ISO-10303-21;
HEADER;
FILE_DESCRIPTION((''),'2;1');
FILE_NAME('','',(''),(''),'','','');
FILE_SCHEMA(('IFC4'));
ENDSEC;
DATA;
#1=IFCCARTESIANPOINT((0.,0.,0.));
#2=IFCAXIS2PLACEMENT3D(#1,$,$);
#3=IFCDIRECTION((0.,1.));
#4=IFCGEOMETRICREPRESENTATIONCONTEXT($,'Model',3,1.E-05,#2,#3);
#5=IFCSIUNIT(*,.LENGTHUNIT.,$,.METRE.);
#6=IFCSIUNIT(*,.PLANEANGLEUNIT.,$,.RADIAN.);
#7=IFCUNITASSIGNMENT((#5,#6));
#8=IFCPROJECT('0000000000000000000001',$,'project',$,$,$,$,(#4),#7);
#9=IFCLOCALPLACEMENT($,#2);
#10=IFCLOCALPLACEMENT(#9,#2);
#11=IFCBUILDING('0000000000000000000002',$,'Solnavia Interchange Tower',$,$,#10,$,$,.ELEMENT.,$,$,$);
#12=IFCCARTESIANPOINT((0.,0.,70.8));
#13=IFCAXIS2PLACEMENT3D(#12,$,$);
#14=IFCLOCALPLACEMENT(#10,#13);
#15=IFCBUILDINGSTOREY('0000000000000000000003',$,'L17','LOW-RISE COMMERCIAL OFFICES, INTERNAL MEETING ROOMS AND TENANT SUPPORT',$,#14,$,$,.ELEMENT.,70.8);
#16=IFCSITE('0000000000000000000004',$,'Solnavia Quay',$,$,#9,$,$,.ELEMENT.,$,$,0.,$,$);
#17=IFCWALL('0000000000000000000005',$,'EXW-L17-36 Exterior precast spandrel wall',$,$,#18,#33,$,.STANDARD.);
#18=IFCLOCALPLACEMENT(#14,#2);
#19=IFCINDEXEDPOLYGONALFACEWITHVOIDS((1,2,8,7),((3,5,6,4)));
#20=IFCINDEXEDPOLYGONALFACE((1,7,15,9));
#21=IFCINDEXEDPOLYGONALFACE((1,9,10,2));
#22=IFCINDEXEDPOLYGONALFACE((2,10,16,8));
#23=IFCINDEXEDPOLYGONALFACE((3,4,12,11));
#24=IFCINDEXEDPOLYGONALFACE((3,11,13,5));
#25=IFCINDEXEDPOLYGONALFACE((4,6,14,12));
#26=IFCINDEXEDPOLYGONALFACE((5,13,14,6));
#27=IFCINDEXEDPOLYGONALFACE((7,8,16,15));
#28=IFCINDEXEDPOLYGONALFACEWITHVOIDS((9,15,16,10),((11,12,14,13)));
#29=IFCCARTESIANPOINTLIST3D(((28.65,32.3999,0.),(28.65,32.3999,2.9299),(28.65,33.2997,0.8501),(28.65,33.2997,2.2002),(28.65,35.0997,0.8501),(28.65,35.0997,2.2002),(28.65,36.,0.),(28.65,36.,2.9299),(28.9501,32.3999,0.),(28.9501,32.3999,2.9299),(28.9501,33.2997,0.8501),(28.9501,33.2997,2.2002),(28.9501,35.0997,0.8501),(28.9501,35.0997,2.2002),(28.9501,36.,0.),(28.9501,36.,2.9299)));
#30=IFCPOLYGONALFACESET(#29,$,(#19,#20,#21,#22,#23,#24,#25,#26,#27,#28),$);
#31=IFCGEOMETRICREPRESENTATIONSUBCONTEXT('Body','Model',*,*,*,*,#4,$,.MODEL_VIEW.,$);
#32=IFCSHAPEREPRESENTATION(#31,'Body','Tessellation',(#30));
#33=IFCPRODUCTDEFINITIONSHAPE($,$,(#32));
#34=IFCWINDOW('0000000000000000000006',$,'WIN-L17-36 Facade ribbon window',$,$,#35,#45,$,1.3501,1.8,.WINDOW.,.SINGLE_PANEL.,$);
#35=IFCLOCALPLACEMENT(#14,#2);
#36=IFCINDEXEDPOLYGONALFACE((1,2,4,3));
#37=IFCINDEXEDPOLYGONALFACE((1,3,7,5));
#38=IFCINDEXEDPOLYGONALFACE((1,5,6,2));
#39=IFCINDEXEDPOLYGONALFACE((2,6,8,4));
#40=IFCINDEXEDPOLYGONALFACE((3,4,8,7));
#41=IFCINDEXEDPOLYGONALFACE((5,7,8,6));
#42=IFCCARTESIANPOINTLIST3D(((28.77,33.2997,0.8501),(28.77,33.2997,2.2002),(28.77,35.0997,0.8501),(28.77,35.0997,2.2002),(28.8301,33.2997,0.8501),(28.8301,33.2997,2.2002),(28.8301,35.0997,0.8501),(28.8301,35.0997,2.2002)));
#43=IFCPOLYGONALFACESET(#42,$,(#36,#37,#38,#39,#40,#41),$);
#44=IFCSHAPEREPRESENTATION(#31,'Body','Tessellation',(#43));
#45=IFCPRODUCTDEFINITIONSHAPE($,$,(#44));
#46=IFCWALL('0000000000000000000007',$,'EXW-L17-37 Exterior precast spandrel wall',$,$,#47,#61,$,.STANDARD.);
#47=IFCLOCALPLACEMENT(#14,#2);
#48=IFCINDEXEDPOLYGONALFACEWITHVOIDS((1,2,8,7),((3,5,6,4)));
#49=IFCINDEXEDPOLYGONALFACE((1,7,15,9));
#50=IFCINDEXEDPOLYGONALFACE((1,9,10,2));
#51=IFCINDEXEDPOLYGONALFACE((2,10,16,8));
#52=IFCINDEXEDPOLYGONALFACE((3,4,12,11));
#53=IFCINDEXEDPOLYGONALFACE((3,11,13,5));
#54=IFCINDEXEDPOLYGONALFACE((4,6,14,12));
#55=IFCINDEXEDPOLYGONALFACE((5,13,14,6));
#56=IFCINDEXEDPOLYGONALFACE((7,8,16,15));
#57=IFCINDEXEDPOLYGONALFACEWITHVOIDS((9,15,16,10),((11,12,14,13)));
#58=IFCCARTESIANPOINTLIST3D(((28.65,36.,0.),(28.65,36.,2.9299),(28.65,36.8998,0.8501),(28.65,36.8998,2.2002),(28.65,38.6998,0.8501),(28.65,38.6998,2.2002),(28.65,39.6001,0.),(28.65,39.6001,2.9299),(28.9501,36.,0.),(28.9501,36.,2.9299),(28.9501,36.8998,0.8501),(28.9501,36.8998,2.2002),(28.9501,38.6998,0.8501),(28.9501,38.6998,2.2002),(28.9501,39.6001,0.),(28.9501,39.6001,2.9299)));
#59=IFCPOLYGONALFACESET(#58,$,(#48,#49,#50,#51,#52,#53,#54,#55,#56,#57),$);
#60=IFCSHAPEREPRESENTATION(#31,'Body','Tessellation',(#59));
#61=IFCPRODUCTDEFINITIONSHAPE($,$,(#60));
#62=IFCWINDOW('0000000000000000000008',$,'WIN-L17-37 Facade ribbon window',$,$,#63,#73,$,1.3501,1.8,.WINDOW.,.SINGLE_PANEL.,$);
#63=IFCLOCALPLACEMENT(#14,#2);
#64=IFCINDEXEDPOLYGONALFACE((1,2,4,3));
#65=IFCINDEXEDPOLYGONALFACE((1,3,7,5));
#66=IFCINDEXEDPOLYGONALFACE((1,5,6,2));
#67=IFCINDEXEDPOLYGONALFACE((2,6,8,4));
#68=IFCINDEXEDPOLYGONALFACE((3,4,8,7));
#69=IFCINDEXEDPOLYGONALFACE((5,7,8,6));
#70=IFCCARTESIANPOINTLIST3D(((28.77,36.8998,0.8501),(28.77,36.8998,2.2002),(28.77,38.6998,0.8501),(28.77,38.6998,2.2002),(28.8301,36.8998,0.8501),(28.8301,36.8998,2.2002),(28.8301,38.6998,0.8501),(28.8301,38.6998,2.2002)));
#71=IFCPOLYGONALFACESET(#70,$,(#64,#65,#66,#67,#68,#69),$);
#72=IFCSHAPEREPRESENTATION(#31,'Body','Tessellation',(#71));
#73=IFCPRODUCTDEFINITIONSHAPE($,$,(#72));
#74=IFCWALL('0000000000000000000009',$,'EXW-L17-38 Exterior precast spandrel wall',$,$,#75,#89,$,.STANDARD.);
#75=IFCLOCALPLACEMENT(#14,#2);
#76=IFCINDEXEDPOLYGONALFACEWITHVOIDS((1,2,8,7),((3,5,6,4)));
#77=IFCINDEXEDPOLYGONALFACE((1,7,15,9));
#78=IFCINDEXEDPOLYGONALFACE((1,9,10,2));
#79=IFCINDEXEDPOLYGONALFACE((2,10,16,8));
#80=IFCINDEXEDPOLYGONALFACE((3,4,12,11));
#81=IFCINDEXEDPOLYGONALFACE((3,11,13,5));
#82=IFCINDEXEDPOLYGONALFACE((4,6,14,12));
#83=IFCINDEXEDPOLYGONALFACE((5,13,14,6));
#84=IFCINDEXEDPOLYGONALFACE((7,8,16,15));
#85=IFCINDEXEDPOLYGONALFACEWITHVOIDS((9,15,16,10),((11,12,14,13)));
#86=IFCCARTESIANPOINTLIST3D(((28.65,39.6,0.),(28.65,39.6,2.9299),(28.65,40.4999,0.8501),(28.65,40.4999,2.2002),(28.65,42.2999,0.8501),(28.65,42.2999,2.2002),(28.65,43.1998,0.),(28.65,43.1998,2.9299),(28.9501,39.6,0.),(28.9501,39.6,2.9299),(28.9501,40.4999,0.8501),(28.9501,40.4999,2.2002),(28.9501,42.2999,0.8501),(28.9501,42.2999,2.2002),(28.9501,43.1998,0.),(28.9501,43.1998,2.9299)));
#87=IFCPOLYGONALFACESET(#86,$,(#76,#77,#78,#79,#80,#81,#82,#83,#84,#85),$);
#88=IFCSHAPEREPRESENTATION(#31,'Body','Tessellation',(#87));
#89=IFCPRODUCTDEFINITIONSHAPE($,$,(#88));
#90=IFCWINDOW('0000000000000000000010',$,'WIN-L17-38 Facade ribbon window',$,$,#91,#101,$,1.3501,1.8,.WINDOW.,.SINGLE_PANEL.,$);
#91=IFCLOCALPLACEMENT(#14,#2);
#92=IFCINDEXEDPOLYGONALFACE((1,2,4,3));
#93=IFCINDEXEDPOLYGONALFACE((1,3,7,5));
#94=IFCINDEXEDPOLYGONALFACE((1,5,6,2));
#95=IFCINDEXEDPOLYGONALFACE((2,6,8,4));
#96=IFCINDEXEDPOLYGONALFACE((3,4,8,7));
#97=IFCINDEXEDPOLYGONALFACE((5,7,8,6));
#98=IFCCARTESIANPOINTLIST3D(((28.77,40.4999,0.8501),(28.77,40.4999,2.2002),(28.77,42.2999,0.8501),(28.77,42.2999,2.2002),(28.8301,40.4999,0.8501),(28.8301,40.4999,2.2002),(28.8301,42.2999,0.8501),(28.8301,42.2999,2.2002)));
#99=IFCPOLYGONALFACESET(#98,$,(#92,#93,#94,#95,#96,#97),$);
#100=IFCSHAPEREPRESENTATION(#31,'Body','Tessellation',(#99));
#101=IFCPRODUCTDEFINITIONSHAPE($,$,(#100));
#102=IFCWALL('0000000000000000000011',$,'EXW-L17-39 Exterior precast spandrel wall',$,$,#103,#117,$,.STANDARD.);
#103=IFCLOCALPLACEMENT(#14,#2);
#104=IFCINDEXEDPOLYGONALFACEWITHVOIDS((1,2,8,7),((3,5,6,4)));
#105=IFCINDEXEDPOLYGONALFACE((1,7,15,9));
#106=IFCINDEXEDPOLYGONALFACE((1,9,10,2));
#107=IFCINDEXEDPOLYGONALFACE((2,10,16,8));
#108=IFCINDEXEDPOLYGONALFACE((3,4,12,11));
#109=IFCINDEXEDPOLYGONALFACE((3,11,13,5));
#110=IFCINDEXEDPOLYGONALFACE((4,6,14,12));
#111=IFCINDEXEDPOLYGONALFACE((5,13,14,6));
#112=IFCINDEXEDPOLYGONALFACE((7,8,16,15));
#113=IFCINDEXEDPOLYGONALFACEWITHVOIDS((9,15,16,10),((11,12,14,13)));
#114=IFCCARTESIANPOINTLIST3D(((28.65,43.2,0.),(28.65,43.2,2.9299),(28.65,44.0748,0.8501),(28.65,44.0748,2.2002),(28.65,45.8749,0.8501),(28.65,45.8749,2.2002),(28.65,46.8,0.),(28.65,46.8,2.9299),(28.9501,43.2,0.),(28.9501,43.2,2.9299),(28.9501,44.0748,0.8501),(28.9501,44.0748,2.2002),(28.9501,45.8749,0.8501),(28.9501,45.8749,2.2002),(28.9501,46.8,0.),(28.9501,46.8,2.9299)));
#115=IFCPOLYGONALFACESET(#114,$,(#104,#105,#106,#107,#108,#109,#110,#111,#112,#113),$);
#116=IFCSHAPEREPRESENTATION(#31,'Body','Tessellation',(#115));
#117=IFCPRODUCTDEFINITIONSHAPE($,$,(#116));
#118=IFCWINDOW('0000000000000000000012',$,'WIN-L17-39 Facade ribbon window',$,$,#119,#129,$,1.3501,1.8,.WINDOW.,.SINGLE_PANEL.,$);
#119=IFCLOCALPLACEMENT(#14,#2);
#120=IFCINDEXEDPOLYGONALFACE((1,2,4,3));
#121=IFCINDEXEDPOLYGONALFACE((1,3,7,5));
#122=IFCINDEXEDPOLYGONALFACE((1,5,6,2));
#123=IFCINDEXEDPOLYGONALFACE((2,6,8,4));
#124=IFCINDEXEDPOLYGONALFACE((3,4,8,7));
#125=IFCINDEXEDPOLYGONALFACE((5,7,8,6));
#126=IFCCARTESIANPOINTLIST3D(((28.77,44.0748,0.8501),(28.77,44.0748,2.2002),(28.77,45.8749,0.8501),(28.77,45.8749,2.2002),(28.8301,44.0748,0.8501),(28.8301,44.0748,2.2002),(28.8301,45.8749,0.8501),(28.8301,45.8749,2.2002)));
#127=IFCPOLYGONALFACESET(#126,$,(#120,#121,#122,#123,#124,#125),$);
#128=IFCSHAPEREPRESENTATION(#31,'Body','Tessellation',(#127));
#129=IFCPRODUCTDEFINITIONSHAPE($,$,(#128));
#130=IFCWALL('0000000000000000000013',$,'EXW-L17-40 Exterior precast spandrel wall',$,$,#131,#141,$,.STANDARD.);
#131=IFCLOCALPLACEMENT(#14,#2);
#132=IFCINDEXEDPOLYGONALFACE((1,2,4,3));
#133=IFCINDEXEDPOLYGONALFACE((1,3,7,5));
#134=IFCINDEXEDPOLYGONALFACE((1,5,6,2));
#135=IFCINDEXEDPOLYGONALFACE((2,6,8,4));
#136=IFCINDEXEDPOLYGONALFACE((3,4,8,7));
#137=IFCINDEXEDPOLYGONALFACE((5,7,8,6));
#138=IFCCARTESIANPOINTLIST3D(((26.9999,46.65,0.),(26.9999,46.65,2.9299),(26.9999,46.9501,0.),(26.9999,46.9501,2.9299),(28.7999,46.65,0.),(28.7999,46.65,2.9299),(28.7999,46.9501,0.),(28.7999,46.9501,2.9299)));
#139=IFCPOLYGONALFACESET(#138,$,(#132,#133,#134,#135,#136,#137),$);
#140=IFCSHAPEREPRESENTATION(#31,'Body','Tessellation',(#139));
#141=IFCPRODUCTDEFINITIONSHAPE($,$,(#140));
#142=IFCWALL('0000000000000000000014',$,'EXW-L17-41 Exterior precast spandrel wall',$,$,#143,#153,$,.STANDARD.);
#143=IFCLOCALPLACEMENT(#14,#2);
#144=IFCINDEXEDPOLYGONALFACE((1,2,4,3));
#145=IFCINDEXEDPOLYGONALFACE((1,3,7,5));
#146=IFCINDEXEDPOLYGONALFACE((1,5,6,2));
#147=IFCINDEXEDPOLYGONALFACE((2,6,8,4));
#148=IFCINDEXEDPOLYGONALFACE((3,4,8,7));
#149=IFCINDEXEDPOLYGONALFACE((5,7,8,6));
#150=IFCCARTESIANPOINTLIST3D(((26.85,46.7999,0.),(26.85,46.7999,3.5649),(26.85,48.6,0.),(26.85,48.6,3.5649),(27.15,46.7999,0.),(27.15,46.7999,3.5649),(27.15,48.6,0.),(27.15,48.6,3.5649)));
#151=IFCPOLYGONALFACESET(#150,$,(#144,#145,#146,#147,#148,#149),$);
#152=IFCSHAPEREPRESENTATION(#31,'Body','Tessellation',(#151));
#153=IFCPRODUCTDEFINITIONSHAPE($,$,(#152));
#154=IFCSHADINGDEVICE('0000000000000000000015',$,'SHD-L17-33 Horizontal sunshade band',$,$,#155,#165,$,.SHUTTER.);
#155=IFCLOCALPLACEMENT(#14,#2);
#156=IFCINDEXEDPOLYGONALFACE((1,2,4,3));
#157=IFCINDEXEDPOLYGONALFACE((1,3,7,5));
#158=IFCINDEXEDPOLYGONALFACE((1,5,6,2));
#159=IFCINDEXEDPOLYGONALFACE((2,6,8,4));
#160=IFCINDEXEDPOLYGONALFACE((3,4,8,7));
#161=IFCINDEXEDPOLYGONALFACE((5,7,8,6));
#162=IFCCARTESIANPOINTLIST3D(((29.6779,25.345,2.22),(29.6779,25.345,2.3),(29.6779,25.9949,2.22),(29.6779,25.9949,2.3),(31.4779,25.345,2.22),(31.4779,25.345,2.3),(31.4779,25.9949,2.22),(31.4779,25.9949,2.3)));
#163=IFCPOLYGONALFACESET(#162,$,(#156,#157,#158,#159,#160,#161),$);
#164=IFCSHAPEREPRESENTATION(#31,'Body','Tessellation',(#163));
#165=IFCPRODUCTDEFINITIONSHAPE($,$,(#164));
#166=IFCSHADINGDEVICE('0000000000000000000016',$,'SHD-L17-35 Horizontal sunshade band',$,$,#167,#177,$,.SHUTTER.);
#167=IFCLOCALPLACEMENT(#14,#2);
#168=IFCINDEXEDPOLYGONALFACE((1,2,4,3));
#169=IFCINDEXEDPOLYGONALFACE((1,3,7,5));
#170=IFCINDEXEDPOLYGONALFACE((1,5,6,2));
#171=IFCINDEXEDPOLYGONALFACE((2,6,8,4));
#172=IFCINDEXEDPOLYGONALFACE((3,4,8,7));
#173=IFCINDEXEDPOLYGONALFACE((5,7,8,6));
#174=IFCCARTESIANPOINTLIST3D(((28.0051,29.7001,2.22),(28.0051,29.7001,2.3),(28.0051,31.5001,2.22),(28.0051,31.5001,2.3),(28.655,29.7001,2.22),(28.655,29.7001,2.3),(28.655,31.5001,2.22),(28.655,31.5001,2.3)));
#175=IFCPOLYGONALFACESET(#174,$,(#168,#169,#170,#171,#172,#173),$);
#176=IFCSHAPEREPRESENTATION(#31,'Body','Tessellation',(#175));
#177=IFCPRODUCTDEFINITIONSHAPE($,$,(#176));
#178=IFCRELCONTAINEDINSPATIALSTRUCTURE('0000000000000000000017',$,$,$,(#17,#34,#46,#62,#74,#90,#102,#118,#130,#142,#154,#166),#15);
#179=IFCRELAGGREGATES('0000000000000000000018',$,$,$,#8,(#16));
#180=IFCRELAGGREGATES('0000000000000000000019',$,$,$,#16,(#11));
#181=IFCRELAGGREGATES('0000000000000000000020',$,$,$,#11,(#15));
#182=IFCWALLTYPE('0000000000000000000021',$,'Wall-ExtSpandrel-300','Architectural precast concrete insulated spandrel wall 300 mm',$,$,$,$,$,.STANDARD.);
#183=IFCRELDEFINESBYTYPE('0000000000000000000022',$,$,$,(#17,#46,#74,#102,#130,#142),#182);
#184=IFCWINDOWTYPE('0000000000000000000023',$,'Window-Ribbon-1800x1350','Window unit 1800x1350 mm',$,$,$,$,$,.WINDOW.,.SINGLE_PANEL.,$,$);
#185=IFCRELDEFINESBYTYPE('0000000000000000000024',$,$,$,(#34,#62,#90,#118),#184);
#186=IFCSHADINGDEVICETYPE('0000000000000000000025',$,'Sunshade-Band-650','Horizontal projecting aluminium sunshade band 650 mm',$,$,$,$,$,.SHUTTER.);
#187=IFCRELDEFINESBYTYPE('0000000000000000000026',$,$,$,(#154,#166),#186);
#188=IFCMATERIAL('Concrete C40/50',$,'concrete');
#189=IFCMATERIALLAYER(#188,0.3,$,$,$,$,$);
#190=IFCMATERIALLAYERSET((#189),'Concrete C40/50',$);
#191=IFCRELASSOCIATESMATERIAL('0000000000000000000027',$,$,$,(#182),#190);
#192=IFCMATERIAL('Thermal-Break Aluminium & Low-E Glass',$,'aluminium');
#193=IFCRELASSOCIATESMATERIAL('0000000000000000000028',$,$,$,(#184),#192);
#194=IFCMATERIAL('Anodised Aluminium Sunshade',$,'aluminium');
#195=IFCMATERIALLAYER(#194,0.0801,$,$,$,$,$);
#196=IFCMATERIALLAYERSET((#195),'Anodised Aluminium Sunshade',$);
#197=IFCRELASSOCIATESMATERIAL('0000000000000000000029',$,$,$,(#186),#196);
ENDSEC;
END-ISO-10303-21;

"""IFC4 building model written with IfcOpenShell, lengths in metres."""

from ifc_helpers import new_model, si_unit, direction, frame, frame_2d, origin, origin_2d, place, context, subcontext, project, spatial, rectangle, extrude, material, layer, layer_set, type_object, element, fill, save


model = new_model("IFC4")

# Units and contexts
model_context = context("Model", 3, precision=1e-05, world=origin(), true_north=direction((0.0, 1.0)))
body_context = subcontext(model_context, "Body", "Model", "MODEL_VIEW")
ifc_project = project(units=[si_unit("LENGTHUNIT", "METRE"), si_unit("PLANEANGLEUNIT", "RADIAN")], contexts=[model_context])

# Site, building, storey
site_placement = place(None, origin())
site = spatial("IfcSite", under=ifc_project, at=site_placement, Name="Solnavia Quay", CompositionType="ELEMENT", RefElevation=0.0)
building_placement = place(site_placement, origin())
building = spatial("IfcBuilding", under=site, at=building_placement, Name="Solnavia Interchange Tower", CompositionType="ELEMENT")
storey_placement = place(building_placement, frame((0.0, 0.0, 70.8)))
storey = spatial("IfcBuildingStorey", under=building, at=storey_placement, Name="L17", Description="LOW-RISE COMMERCIAL OFFICES, INTERNAL MEETING ROOMS AND TENANT SUPPORT", CompositionType="ELEMENT", Elevation=70.8)

# Walls, openings, windows
ifc_material_1 = material(Name="Concrete C40/50", Category="concrete")
ifc_layer_1 = layer(ifc_material_1, 0.3)
ifc_layer_set_1 = layer_set([ifc_layer_1], Name="Concrete C40/50")
wall_type = type_object("IfcWallType", Name="Wall-ExtSpandrel-300", Description="Architectural precast concrete insulated spandrel wall 300 mm", PredefinedType="STANDARD", material=ifc_layer_set_1)
ifc_material_2 = material(Name="Thermal-Break Aluminium & Low-E Glass", Category="aluminium")
window_type = type_object("IfcWindowType", Name="Window-Ribbon-1800x1350", Description="Window unit 1800x1350 mm", PartitioningType="SINGLE_PANEL", PredefinedType="WINDOW", material=ifc_material_2)
wall_1_placement = place(storey_placement, frame((28.8, 32.3999, 0.0), z_axis=(0.0, 0.0, 1.0), x_axis=(0.0, 1.0, 0.0)))
wall_1 = element("IfcWall", 1, at=wall_1_placement, inside=storey, type_object=wall_type, Name="EXW-L17-36 Exterior precast spandrel wall", PredefinedType="STANDARD", context=body_context, shape_type="SweptSolid", body=[
    extrude(rectangle(XDim=3.6001, YDim=0.3, at=frame_2d((1.8, 0.0))), origin(), (0.0, 0.0, 1.0), 2.9299),
])
opening_1_placement = place(wall_1_placement, frame((0.8999, 0.0, 0.8501)))
opening_1 = element("IfcOpeningElement", 2, at=opening_1_placement, cuts=wall_1, PredefinedType="OPENING", context=body_context, shape_type="SweptSolid", body=[
    extrude(rectangle(XDim=1.8, YDim=1.3501, at=frame_2d((0.8999, 0.675))), frame((0.0, 0.1602, 0.0), z_axis=(0.0, -1.0, 0.0), x_axis=(1.0, 0.0, 0.0)), (0.0, 0.0, 1.0), 0.3201),
])
window_1_placement = place(opening_1_placement, origin())
window_1 = element("IfcWindow", 3, at=window_1_placement, inside=storey, type_object=window_type, Name="WIN-L17-36 Facade ribbon window", OverallHeight=1.3501, OverallWidth=1.8, PartitioningType="SINGLE_PANEL", PredefinedType="WINDOW", context=body_context, shape_type="SweptSolid", body=[
    extrude(rectangle(XDim=1.8, YDim=1.3501, at=frame_2d((0.8999, 0.675))), frame((0.0, 0.03, 0.0), z_axis=(0.0, -1.0, 0.0), x_axis=(1.0, 0.0, 0.0)), (0.0, 0.0, 1.0), 0.0601),
])
fill(opening_1, window_1)
wall_2_placement = place(storey_placement, frame((28.8, 36.0, 0.0), z_axis=(0.0, 0.0, 1.0), x_axis=(0.0, 1.0, 0.0)))
wall_2 = element("IfcWall", 4, at=wall_2_placement, inside=storey, type_object=wall_type, Name="EXW-L17-37 Exterior precast spandrel wall", PredefinedType="STANDARD", context=body_context, shape_type="SweptSolid", body=[
    extrude(rectangle(XDim=3.6001, YDim=0.3, at=frame_2d((1.8, 0.0))), origin(), (0.0, 0.0, 1.0), 2.9299),
])
opening_2_placement = place(wall_2_placement, frame((0.8999, 0.0, 0.8501)))
opening_2 = element("IfcOpeningElement", 5, at=opening_2_placement, cuts=wall_2, PredefinedType="OPENING", context=body_context, shape_type="SweptSolid", body=[
    extrude(rectangle(XDim=1.8, YDim=1.3501, at=frame_2d((0.8999, 0.675))), frame((0.0, 0.1602, 0.0), z_axis=(0.0, -1.0, 0.0), x_axis=(1.0, 0.0, 0.0)), (0.0, 0.0, 1.0), 0.3201),
])
window_2_placement = place(opening_2_placement, origin())
window_2 = element("IfcWindow", 6, at=window_2_placement, inside=storey, type_object=window_type, Name="WIN-L17-37 Facade ribbon window", OverallHeight=1.3501, OverallWidth=1.8, PartitioningType="SINGLE_PANEL", PredefinedType="WINDOW", context=body_context, shape_type="SweptSolid", body=[
    extrude(rectangle(XDim=1.8, YDim=1.3501, at=frame_2d((0.8999, 0.675))), frame((0.0, 0.03, 0.0), z_axis=(0.0, -1.0, 0.0), x_axis=(1.0, 0.0, 0.0)), (0.0, 0.0, 1.0), 0.0601),
])
fill(opening_2, window_2)
wall_3_placement = place(storey_placement, frame((28.8, 39.6001, 0.0), z_axis=(0.0, 0.0, 1.0), x_axis=(0.0, 1.0, 0.0)))
wall_3 = element("IfcWall", 7, at=wall_3_placement, inside=storey, type_object=wall_type, Name="EXW-L17-38 Exterior precast spandrel wall", PredefinedType="STANDARD", context=body_context, shape_type="SweptSolid", body=[
    extrude(rectangle(XDim=3.5999, YDim=0.3, at=frame_2d((1.7998, 0.0))), origin(), (0.0, 0.0, 1.0), 2.9299),
])
opening_3_placement = place(wall_3_placement, frame((0.8999, 0.0, 0.8501)))
opening_3 = element("IfcOpeningElement", 8, at=opening_3_placement, cuts=wall_3, PredefinedType="OPENING", context=body_context, shape_type="SweptSolid", body=[
    extrude(rectangle(XDim=1.8, YDim=1.3501, at=frame_2d((0.8999, 0.675))), frame((0.0, 0.1602, 0.0), z_axis=(0.0, -1.0, 0.0), x_axis=(1.0, 0.0, 0.0)), (0.0, 0.0, 1.0), 0.3201),
])
window_3_placement = place(opening_3_placement, origin())
window_3 = element("IfcWindow", 9, at=window_3_placement, inside=storey, type_object=window_type, Name="WIN-L17-38 Facade ribbon window", OverallHeight=1.3501, OverallWidth=1.8, PartitioningType="SINGLE_PANEL", PredefinedType="WINDOW", context=body_context, shape_type="SweptSolid", body=[
    extrude(rectangle(XDim=1.8, YDim=1.3501, at=frame_2d((0.8999, 0.675))), frame((0.0, 0.03, 0.0), z_axis=(0.0, -1.0, 0.0), x_axis=(1.0, 0.0, 0.0)), (0.0, 0.0, 1.0), 0.0601),
])
fill(opening_3, window_3)
wall_4_placement = place(storey_placement, frame((28.8, 43.2, 0.0), z_axis=(0.0, 0.0, 1.0), x_axis=(0.0, 1.0, 0.0)))
wall_4 = element("IfcWall", 10, at=wall_4_placement, inside=storey, type_object=wall_type, Name="EXW-L17-39 Exterior precast spandrel wall", PredefinedType="STANDARD", context=body_context, shape_type="SweptSolid", body=[
    extrude(rectangle(XDim=3.6001, YDim=0.3, at=frame_2d((1.8, 0.0))), origin(), (0.0, 0.0, 1.0), 2.9299),
])
opening_4_placement = place(wall_4_placement, frame((0.875, 0.0, 0.8501)))
opening_4 = element("IfcOpeningElement", 11, at=opening_4_placement, cuts=wall_4, PredefinedType="OPENING", context=body_context, shape_type="SweptSolid", body=[
    extrude(rectangle(XDim=1.8, YDim=1.3501, at=frame_2d((0.8999, 0.675))), frame((0.0, 0.1602, 0.0), z_axis=(0.0, -1.0, 0.0), x_axis=(1.0, 0.0, 0.0)), (0.0, 0.0, 1.0), 0.3201),
])
window_4_placement = place(opening_4_placement, origin())
window_4 = element("IfcWindow", 12, at=window_4_placement, inside=storey, type_object=window_type, Name="WIN-L17-39 Facade ribbon window", OverallHeight=1.3501, OverallWidth=1.8, PartitioningType="SINGLE_PANEL", PredefinedType="WINDOW", context=body_context, shape_type="SweptSolid", body=[
    extrude(rectangle(XDim=1.8, YDim=1.3501, at=frame_2d((0.8999, 0.675))), frame((0.0, 0.03, 0.0), z_axis=(0.0, -1.0, 0.0), x_axis=(1.0, 0.0, 0.0)), (0.0, 0.0, 1.0), 0.0601),
])
fill(opening_4, window_4)

# Walls
wall_5_placement = place(storey_placement, frame((27.0, 46.8, 0.0), z_axis=(0.0, 0.0, 1.0), x_axis=(1.0, 0.0, 0.0)))
element("IfcWall", 13, at=wall_5_placement, inside=storey, type_object=wall_type, Name="EXW-L17-40 Exterior precast spandrel wall", PredefinedType="STANDARD", context=body_context, shape_type="SweptSolid", body=[
    extrude(rectangle(XDim=1.8, YDim=0.3, at=frame_2d((0.8999, 0.0))), origin(), (0.0, 0.0, 1.0), 2.9299),
])
wall_6_placement = place(storey_placement, frame((27.0, 46.8, 0.0), z_axis=(0.0, 0.0, 1.0), x_axis=(0.0, 1.0, 0.0)))
element("IfcWall", 14, at=wall_6_placement, inside=storey, type_object=wall_type, Name="EXW-L17-41 Exterior precast spandrel wall", PredefinedType="STANDARD", context=body_context, shape_type="SweptSolid", body=[
    extrude(rectangle(XDim=1.8, YDim=0.3, at=frame_2d((0.8999, 0.0))), origin(), (0.0, 0.0, 1.0), 3.5649),
])

# Shading devices
ifc_material_3 = material(Name="Anodised Aluminium Sunshade", Category="aluminium")
ifc_layer_2 = layer(ifc_material_3, 0.0801)
ifc_layer_set_2 = layer_set([ifc_layer_2], Name="Anodised Aluminium Sunshade")
shading_device_type = type_object("IfcShadingDeviceType", Name="Sunshade-Band-650", Description="Horizontal projecting aluminium sunshade band 650 mm", PredefinedType="SHUTTER", material=ifc_layer_set_2)
for number, where, z_axis, x_axis, name in (
    (15, (30.5779, 25.6699, 2.22), (0.0, 0.0, 1.0), (1.0, 0.0, 0.0), "SHD-L17-33 Horizontal sunshade band"),
    (16, (28.3301, 30.6001, 2.22), (0.0, 0.0, 1.0), (0.0, 1.0, 0.0), "SHD-L17-35 Horizontal sunshade band"),
):
    element("IfcShadingDevice", number, at=place(storey_placement, frame(where, z_axis=z_axis, x_axis=x_axis)), inside=storey, type_object=shading_device_type, Name=name, PredefinedType="SHUTTER", context=body_context, shape_type="SweptSolid", body=[
        extrude(rectangle(XDim=1.8, YDim=0.6499, at=origin_2d()), origin(), (0.0, 0.0, 1.0), 0.0801),
    ])

save(model, "model.ifc")
